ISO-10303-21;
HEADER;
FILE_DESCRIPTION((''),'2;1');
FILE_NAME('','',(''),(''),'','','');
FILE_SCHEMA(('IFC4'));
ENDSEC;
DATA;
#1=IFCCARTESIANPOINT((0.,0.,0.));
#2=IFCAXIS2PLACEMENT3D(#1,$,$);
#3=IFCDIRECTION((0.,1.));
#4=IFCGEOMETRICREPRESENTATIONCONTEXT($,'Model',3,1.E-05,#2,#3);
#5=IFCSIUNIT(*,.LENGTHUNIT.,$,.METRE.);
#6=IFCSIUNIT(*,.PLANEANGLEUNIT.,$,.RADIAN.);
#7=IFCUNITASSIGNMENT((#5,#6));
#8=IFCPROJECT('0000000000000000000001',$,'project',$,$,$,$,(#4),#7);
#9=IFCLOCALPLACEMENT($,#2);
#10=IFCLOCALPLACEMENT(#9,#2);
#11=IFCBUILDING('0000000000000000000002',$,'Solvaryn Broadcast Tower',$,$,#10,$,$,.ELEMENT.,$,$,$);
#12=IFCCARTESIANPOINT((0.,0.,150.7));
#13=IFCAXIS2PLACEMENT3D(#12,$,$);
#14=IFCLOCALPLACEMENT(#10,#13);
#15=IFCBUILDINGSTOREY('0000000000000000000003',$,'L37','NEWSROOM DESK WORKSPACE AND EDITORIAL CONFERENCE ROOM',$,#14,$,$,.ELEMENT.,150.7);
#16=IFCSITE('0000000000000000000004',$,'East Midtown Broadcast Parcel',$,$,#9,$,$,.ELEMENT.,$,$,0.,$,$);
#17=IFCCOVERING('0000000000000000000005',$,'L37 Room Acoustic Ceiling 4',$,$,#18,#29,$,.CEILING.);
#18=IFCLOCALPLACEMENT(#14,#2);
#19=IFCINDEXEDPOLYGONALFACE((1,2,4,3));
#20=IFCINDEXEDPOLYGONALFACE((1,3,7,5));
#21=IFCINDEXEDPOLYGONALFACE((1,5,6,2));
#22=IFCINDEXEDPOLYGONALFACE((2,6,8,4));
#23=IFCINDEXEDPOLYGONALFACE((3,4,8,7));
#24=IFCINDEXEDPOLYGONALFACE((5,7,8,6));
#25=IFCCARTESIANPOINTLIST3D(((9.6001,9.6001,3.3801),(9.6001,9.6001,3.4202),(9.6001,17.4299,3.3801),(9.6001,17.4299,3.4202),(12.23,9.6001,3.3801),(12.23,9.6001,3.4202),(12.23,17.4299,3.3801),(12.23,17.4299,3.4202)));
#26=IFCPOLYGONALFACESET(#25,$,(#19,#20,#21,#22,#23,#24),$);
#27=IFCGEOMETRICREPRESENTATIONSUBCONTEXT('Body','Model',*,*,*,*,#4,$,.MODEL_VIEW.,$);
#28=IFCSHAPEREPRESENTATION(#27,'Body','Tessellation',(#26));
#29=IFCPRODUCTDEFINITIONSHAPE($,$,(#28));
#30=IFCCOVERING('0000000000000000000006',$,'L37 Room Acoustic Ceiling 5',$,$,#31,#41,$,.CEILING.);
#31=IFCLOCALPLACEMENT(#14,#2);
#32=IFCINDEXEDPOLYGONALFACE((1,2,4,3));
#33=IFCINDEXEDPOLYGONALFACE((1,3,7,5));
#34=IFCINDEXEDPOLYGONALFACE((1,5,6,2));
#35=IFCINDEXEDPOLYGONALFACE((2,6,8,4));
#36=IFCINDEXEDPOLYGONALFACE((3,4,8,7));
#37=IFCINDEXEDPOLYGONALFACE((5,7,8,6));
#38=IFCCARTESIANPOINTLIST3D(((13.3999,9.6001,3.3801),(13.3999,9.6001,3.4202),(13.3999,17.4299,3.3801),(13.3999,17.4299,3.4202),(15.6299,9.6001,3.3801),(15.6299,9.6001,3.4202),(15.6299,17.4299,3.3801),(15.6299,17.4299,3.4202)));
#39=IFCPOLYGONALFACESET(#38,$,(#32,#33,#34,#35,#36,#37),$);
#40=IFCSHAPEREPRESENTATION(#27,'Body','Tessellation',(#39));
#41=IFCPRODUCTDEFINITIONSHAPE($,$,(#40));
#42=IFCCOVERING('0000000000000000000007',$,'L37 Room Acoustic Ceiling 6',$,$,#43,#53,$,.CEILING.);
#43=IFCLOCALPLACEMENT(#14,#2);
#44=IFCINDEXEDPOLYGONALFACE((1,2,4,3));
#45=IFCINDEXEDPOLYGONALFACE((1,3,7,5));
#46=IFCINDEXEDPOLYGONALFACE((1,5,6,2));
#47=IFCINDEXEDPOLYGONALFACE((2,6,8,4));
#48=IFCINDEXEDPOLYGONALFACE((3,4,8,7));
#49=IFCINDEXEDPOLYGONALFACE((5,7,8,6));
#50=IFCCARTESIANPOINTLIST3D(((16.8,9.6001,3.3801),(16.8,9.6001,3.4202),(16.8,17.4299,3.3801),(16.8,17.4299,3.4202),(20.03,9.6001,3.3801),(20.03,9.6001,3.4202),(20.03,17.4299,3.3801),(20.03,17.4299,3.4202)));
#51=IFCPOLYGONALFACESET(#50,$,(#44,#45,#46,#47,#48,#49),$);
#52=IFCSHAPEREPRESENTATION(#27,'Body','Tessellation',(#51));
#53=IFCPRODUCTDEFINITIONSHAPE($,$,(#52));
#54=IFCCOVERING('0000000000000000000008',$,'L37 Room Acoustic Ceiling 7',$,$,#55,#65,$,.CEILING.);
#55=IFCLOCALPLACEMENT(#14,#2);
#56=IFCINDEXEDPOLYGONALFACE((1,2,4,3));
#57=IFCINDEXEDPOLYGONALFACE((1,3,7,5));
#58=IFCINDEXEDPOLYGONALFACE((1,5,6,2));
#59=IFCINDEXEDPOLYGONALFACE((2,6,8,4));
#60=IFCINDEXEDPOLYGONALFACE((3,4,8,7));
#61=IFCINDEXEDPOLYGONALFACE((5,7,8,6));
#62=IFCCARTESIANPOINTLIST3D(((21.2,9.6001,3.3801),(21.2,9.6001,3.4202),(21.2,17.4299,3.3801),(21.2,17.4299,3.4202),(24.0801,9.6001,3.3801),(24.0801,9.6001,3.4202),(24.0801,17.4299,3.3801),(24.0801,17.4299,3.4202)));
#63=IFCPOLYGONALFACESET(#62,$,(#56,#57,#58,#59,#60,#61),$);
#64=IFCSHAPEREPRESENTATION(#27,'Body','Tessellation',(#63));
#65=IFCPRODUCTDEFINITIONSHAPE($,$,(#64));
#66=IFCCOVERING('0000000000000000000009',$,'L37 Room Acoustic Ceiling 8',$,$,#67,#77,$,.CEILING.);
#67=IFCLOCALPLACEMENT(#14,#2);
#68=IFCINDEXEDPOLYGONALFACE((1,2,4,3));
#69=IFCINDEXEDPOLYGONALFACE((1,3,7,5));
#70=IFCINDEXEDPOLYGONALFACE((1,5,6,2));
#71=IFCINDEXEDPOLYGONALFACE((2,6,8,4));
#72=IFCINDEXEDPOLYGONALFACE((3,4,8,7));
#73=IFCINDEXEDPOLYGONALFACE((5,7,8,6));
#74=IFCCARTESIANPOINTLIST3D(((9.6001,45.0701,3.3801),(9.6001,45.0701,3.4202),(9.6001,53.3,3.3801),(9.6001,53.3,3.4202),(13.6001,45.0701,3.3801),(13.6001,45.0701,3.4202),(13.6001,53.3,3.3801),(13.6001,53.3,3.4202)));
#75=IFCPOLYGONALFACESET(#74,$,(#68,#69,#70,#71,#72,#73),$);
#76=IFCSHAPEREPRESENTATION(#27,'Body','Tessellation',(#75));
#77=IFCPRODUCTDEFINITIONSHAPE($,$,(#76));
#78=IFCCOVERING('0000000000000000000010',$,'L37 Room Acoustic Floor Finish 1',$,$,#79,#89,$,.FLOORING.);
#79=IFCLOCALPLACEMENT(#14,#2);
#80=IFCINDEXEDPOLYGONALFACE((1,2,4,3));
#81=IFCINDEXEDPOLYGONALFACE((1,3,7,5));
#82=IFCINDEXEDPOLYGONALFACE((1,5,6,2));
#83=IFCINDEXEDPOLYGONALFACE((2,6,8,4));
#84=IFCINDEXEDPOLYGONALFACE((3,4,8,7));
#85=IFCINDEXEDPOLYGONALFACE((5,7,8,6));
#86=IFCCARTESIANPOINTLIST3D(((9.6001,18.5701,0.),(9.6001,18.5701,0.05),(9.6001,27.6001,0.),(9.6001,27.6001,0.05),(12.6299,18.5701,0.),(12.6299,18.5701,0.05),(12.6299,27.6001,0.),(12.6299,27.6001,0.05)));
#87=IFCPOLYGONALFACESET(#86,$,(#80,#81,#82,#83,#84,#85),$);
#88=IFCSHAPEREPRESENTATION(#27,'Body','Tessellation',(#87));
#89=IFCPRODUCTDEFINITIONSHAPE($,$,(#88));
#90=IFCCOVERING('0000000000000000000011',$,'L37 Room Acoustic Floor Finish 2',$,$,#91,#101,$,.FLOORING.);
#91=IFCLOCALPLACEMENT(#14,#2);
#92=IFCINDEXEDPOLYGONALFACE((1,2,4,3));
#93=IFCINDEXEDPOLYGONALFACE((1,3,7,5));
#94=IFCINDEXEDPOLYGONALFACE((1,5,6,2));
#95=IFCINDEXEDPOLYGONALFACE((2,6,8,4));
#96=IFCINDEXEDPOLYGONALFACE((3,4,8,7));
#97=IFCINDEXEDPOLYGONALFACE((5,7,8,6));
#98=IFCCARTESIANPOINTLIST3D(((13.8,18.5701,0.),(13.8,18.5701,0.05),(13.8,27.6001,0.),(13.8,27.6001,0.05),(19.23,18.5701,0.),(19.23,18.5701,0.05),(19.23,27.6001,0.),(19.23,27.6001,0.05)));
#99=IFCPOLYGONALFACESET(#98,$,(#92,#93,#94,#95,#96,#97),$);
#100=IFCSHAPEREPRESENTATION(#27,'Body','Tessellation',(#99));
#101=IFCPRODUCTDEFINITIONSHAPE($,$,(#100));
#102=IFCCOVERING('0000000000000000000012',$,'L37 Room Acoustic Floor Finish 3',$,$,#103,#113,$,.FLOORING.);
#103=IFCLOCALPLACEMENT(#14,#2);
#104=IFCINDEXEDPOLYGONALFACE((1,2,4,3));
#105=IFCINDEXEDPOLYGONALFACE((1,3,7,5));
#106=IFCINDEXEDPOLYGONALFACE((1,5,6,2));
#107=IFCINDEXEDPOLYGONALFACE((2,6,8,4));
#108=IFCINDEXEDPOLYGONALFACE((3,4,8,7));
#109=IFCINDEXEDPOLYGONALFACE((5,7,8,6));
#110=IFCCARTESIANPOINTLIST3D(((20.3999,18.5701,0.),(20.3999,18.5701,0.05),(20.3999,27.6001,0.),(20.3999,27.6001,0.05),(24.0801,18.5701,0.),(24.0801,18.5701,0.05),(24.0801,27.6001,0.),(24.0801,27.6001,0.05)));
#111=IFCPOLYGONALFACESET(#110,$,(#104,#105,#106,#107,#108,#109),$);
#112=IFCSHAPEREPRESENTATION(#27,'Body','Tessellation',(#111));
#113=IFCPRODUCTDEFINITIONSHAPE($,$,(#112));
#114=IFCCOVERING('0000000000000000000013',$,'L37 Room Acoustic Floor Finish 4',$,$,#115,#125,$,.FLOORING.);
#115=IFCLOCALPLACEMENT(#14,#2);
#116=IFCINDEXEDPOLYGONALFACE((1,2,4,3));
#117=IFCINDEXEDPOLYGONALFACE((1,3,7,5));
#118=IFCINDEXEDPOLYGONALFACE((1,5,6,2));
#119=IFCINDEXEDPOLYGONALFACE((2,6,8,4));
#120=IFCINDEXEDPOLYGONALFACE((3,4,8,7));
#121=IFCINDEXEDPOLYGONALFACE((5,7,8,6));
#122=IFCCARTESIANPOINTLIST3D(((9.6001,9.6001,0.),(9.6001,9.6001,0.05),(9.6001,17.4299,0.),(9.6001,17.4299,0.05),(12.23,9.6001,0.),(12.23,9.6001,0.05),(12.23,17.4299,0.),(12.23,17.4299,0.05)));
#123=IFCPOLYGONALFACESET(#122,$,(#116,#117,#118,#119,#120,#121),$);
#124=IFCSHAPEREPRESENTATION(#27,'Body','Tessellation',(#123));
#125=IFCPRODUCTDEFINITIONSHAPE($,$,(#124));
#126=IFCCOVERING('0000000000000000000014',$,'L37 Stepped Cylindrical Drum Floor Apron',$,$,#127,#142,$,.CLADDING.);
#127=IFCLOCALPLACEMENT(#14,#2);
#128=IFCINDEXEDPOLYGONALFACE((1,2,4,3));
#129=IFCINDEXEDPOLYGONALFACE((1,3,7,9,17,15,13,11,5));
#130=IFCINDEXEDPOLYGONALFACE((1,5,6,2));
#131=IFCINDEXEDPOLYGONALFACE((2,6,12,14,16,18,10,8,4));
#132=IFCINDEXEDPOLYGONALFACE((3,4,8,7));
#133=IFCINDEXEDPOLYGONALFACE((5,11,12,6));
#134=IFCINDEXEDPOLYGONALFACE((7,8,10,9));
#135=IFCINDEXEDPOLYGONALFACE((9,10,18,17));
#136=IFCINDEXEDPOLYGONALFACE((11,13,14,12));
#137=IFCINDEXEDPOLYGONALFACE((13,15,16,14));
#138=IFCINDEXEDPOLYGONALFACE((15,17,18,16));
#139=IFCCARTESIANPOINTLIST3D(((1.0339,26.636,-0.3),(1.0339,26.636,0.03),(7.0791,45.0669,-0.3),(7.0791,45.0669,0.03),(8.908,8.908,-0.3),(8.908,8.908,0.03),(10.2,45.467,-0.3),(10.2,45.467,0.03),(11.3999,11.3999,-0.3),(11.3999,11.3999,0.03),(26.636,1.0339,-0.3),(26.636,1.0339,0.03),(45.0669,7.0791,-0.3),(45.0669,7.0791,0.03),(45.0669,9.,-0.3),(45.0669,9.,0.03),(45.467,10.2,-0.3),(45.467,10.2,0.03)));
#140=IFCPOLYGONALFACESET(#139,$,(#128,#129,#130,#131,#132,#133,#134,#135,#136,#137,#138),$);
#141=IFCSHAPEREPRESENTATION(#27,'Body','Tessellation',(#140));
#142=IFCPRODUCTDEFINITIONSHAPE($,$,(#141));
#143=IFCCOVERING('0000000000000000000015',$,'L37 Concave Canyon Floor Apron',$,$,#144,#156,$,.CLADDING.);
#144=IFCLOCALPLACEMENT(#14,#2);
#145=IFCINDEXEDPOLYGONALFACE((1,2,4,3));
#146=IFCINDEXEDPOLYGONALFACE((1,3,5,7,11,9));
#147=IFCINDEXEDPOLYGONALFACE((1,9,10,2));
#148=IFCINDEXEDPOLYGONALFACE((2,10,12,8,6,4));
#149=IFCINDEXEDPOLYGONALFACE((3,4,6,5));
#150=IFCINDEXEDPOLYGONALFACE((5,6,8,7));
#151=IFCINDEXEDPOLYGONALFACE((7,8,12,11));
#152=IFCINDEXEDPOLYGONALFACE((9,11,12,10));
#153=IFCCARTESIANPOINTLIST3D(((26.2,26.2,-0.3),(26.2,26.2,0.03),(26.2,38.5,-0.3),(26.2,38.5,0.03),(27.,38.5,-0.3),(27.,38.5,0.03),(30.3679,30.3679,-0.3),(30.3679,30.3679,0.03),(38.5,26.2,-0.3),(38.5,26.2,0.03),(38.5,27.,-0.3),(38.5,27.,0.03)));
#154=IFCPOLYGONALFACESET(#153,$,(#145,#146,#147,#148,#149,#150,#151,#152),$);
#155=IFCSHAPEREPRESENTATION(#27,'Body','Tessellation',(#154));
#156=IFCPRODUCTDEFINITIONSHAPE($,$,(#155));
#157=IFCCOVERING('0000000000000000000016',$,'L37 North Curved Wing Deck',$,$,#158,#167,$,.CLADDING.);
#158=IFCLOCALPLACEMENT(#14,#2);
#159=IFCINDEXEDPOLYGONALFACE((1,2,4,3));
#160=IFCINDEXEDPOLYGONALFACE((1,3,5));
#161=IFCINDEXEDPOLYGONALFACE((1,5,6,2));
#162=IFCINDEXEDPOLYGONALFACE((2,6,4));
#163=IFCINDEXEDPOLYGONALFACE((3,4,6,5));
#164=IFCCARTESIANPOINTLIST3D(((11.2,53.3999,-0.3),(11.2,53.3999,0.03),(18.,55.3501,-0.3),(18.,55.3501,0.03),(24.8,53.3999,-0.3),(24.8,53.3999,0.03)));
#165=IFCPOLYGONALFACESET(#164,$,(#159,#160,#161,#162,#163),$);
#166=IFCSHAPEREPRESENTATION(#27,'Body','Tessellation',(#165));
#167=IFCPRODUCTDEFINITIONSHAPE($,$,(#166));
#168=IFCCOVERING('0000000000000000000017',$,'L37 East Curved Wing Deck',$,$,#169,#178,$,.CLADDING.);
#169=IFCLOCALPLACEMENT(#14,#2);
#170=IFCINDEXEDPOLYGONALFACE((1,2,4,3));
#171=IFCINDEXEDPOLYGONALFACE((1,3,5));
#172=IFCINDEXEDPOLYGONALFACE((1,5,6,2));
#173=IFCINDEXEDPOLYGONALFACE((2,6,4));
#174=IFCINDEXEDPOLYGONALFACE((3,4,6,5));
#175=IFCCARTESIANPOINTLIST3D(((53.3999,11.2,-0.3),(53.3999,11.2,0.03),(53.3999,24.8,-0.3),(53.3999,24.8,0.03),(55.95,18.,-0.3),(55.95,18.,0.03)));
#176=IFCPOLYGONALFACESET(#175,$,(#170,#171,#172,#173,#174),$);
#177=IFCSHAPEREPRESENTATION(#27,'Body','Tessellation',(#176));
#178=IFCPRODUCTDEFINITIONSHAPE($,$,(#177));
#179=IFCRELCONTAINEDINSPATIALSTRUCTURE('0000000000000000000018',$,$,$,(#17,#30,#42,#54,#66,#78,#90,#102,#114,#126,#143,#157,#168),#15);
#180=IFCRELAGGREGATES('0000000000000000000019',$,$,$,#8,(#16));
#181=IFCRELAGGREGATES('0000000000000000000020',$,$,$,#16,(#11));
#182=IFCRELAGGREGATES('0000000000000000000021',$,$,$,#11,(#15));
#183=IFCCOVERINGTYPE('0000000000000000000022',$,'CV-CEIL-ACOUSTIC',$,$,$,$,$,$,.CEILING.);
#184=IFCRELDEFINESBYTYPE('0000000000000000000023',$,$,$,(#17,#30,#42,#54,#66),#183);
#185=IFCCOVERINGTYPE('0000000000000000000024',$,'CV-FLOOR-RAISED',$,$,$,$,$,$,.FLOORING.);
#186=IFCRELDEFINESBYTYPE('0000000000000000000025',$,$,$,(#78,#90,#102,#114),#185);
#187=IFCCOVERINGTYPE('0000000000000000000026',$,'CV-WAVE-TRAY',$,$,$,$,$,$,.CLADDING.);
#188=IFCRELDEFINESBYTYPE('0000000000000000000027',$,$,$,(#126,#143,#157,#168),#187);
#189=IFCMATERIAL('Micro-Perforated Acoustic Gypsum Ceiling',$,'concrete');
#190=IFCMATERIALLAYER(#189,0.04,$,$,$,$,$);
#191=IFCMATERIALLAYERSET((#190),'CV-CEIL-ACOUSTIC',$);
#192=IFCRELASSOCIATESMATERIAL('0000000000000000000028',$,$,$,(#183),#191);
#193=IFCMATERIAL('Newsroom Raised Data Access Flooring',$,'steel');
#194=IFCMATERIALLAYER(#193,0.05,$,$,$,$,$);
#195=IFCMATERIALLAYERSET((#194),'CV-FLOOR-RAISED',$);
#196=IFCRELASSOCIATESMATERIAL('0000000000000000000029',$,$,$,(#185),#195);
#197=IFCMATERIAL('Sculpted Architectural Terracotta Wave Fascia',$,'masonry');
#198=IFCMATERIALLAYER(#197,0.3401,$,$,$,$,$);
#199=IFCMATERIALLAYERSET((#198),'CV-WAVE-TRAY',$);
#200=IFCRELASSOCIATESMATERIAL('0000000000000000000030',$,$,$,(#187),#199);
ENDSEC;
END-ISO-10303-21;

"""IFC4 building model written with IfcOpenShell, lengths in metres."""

from ifc_helpers import new_model, si_unit, direction, frame, origin, place, context, subcontext, project, spatial, polyline, outline, extrude, material, layer, layer_set, type_object, element, save


model = new_model("IFC4")

# Units and contexts
model_context = context("Model", 3, precision=1e-05, world=origin(), true_north=direction((0.0, 1.0)))
body_context = subcontext(model_context, "Body", "Model", "MODEL_VIEW")
ifc_project = project(units=[si_unit("LENGTHUNIT", "METRE"), si_unit("PLANEANGLEUNIT", "RADIAN")], contexts=[model_context])

# Site, building, storey
site_placement = place(None, origin())
site = spatial("IfcSite", under=ifc_project, at=site_placement, Name="East Midtown Broadcast Parcel", CompositionType="ELEMENT", RefElevation=0.0)
building_placement = place(site_placement, origin())
building = spatial("IfcBuilding", under=site, at=building_placement, Name="Solvaryn Broadcast Tower", CompositionType="ELEMENT")
storey_placement = place(building_placement, frame((0.0, 0.0, 150.7)))
storey = spatial("IfcBuildingStorey", under=building, at=storey_placement, Name="L37", Description="NEWSROOM DESK WORKSPACE AND EDITORIAL CONFERENCE ROOM", CompositionType="ELEMENT", Elevation=150.7)

# Coverings
ifc_material_1 = material(Name="Micro-Perforated Acoustic Gypsum Ceiling", Category="concrete")
ifc_layer_1 = layer(ifc_material_1, 0.04)
ifc_layer_set_1 = layer_set([ifc_layer_1], Name="CV-CEIL-ACOUSTIC")
covering_type_1 = type_object("IfcCoveringType", Name="CV-CEIL-ACOUSTIC", PredefinedType="CEILING", material=ifc_layer_set_1)
covering_1_placement = place(storey_placement, frame((0.0, 0.0, 3.3801)))
element("IfcCovering", 1, at=covering_1_placement, inside=storey, type_object=covering_type_1, Name="L37 Room Acoustic Ceiling 4", PredefinedType="CEILING", context=body_context, shape_type="SweptSolid", body=[
    extrude(outline(polyline([(9.6001, 9.6001), (12.23, 9.6001), (12.23, 17.4299), (9.6001, 17.4299), (9.6001, 9.6001)])), origin(), (0.0, 0.0, 1.0), 0.04),
])
covering_2_placement = place(storey_placement, frame((0.0, 0.0, 3.3801)))
element("IfcCovering", 2, at=covering_2_placement, inside=storey, type_object=covering_type_1, Name="L37 Room Acoustic Ceiling 5", PredefinedType="CEILING", context=body_context, shape_type="SweptSolid", body=[
    extrude(outline(polyline([(13.3999, 9.6001), (15.6299, 9.6001), (15.6299, 17.4299), (13.3999, 17.4299), (13.3999, 9.6001)])), origin(), (0.0, 0.0, 1.0), 0.04),
])
covering_3_placement = place(storey_placement, frame((0.0, 0.0, 3.3801)))
element("IfcCovering", 3, at=covering_3_placement, inside=storey, type_object=covering_type_1, Name="L37 Room Acoustic Ceiling 6", PredefinedType="CEILING", context=body_context, shape_type="SweptSolid", body=[
    extrude(outline(polyline([(16.8, 9.6001), (20.03, 9.6001), (20.03, 17.4299), (16.8, 17.4299), (16.8, 9.6001)])), origin(), (0.0, 0.0, 1.0), 0.04),
])
covering_4_placement = place(storey_placement, frame((0.0, 0.0, 3.3801)))
element("IfcCovering", 4, at=covering_4_placement, inside=storey, type_object=covering_type_1, Name="L37 Room Acoustic Ceiling 7", PredefinedType="CEILING", context=body_context, shape_type="SweptSolid", body=[
    extrude(outline(polyline([(21.2, 9.6001), (24.0801, 9.6001), (24.0801, 17.4299), (21.2, 17.4299), (21.2, 9.6001)])), origin(), (0.0, 0.0, 1.0), 0.04),
])
covering_5_placement = place(storey_placement, frame((0.0, 0.0, 3.3801)))
element("IfcCovering", 5, at=covering_5_placement, inside=storey, type_object=covering_type_1, Name="L37 Room Acoustic Ceiling 8", PredefinedType="CEILING", context=body_context, shape_type="SweptSolid", body=[
    extrude(outline(polyline([(9.6001, 45.0701), (13.6001, 45.0701), (13.6001, 53.3), (9.6001, 53.3), (9.6001, 45.0701)])), origin(), (0.0, 0.0, 1.0), 0.04),
])
ifc_material_2 = material(Name="Newsroom Raised Data Access Flooring", Category="steel")
ifc_layer_2 = layer(ifc_material_2, 0.05)
ifc_layer_set_2 = layer_set([ifc_layer_2], Name="CV-FLOOR-RAISED")
covering_type_2 = type_object("IfcCoveringType", Name="CV-FLOOR-RAISED", PredefinedType="FLOORING", material=ifc_layer_set_2)
covering_6_placement = place(storey_placement, origin())
element("IfcCovering", 6, at=covering_6_placement, inside=storey, type_object=covering_type_2, Name="L37 Room Acoustic Floor Finish 1", PredefinedType="FLOORING", context=body_context, shape_type="SweptSolid", body=[
    extrude(outline(polyline([(9.6001, 18.5701), (12.6299, 18.5701), (12.6299, 27.6001), (9.6001, 27.6001), (9.6001, 18.5701)])), origin(), (0.0, 0.0, 1.0), 0.05),
])
covering_7_placement = place(storey_placement, origin())
element("IfcCovering", 7, at=covering_7_placement, inside=storey, type_object=covering_type_2, Name="L37 Room Acoustic Floor Finish 2", PredefinedType="FLOORING", context=body_context, shape_type="SweptSolid", body=[
    extrude(outline(polyline([(13.8, 18.5701), (19.23, 18.5701), (19.23, 27.6001), (13.8, 27.6001), (13.8, 18.5701)])), origin(), (0.0, 0.0, 1.0), 0.05),
])
covering_8_placement = place(storey_placement, origin())
element("IfcCovering", 8, at=covering_8_placement, inside=storey, type_object=covering_type_2, Name="L37 Room Acoustic Floor Finish 3", PredefinedType="FLOORING", context=body_context, shape_type="SweptSolid", body=[
    extrude(outline(polyline([(20.3999, 18.5701), (24.0801, 18.5701), (24.0801, 27.6001), (20.3999, 27.6001), (20.3999, 18.5701)])), origin(), (0.0, 0.0, 1.0), 0.05),
])
covering_9_placement = place(storey_placement, origin())
element("IfcCovering", 9, at=covering_9_placement, inside=storey, type_object=covering_type_2, Name="L37 Room Acoustic Floor Finish 4", PredefinedType="FLOORING", context=body_context, shape_type="SweptSolid", body=[
    extrude(outline(polyline([(9.6001, 9.6001), (12.23, 9.6001), (12.23, 17.4299), (9.6001, 17.4299), (9.6001, 9.6001)])), origin(), (0.0, 0.0, 1.0), 0.05),
])
ifc_material_3 = material(Name="Sculpted Architectural Terracotta Wave Fascia", Category="masonry")
ifc_layer_3 = layer(ifc_material_3, 0.3401)
ifc_layer_set_3 = layer_set([ifc_layer_3], Name="CV-WAVE-TRAY")
covering_type_3 = type_object("IfcCoveringType", Name="CV-WAVE-TRAY", PredefinedType="CLADDING", material=ifc_layer_set_3)
covering_10_placement = place(storey_placement, frame((0.0, 0.0, -0.3)))
element("IfcCovering", 10, at=covering_10_placement, inside=storey, type_object=covering_type_3, Name="L37 Stepped Cylindrical Drum Floor Apron", PredefinedType="CLADDING", context=body_context, shape_type="SweptSolid", body=[
    extrude(outline(polyline([(10.2, 45.467), (7.0791, 45.0669), (1.0339, 26.636), (8.908, 8.908), (26.636, 1.0339), (45.0669, 7.0791), (45.0669, 9.0), (45.467, 10.2), (11.3999, 11.3999), (10.2, 45.467)])), origin(), (0.0, 0.0, 1.0), 0.3301),
])
covering_11_placement = place(storey_placement, frame((0.0, 0.0, -0.3)))
element("IfcCovering", 11, at=covering_11_placement, inside=storey, type_object=covering_type_3, Name="L37 Concave Canyon Floor Apron", PredefinedType="CLADDING", context=body_context, shape_type="SweptSolid", body=[
    extrude(outline(polyline([(26.2, 26.2), (38.5, 26.2), (38.5, 27.0), (30.3679, 30.3679), (27.0, 38.5), (26.2, 38.5), (26.2, 26.2)])), origin(), (0.0, 0.0, 1.0), 0.3301),
])
covering_12_placement = place(storey_placement, frame((0.0, 0.0, -0.3)))
element("IfcCovering", 12, at=covering_12_placement, inside=storey, type_object=covering_type_3, Name="L37 North Curved Wing Deck", PredefinedType="CLADDING", context=body_context, shape_type="SweptSolid", body=[
    extrude(outline(polyline([(11.2, 53.3999), (24.8, 53.3999), (18.0, 55.3501), (11.2, 53.3999)])), origin(), (0.0, 0.0, 1.0), 0.3301),
])
covering_13_placement = place(storey_placement, frame((0.0, 0.0, -0.3)))
element("IfcCovering", 13, at=covering_13_placement, inside=storey, type_object=covering_type_3, Name="L37 East Curved Wing Deck", PredefinedType="CLADDING", context=body_context, shape_type="SweptSolid", body=[
    extrude(outline(polyline([(53.3999, 11.2), (55.95, 18.0), (53.3999, 24.8), (53.3999, 11.2)])), origin(), (0.0, 0.0, 1.0), 0.3301),
])

save(model, "model.ifc")
